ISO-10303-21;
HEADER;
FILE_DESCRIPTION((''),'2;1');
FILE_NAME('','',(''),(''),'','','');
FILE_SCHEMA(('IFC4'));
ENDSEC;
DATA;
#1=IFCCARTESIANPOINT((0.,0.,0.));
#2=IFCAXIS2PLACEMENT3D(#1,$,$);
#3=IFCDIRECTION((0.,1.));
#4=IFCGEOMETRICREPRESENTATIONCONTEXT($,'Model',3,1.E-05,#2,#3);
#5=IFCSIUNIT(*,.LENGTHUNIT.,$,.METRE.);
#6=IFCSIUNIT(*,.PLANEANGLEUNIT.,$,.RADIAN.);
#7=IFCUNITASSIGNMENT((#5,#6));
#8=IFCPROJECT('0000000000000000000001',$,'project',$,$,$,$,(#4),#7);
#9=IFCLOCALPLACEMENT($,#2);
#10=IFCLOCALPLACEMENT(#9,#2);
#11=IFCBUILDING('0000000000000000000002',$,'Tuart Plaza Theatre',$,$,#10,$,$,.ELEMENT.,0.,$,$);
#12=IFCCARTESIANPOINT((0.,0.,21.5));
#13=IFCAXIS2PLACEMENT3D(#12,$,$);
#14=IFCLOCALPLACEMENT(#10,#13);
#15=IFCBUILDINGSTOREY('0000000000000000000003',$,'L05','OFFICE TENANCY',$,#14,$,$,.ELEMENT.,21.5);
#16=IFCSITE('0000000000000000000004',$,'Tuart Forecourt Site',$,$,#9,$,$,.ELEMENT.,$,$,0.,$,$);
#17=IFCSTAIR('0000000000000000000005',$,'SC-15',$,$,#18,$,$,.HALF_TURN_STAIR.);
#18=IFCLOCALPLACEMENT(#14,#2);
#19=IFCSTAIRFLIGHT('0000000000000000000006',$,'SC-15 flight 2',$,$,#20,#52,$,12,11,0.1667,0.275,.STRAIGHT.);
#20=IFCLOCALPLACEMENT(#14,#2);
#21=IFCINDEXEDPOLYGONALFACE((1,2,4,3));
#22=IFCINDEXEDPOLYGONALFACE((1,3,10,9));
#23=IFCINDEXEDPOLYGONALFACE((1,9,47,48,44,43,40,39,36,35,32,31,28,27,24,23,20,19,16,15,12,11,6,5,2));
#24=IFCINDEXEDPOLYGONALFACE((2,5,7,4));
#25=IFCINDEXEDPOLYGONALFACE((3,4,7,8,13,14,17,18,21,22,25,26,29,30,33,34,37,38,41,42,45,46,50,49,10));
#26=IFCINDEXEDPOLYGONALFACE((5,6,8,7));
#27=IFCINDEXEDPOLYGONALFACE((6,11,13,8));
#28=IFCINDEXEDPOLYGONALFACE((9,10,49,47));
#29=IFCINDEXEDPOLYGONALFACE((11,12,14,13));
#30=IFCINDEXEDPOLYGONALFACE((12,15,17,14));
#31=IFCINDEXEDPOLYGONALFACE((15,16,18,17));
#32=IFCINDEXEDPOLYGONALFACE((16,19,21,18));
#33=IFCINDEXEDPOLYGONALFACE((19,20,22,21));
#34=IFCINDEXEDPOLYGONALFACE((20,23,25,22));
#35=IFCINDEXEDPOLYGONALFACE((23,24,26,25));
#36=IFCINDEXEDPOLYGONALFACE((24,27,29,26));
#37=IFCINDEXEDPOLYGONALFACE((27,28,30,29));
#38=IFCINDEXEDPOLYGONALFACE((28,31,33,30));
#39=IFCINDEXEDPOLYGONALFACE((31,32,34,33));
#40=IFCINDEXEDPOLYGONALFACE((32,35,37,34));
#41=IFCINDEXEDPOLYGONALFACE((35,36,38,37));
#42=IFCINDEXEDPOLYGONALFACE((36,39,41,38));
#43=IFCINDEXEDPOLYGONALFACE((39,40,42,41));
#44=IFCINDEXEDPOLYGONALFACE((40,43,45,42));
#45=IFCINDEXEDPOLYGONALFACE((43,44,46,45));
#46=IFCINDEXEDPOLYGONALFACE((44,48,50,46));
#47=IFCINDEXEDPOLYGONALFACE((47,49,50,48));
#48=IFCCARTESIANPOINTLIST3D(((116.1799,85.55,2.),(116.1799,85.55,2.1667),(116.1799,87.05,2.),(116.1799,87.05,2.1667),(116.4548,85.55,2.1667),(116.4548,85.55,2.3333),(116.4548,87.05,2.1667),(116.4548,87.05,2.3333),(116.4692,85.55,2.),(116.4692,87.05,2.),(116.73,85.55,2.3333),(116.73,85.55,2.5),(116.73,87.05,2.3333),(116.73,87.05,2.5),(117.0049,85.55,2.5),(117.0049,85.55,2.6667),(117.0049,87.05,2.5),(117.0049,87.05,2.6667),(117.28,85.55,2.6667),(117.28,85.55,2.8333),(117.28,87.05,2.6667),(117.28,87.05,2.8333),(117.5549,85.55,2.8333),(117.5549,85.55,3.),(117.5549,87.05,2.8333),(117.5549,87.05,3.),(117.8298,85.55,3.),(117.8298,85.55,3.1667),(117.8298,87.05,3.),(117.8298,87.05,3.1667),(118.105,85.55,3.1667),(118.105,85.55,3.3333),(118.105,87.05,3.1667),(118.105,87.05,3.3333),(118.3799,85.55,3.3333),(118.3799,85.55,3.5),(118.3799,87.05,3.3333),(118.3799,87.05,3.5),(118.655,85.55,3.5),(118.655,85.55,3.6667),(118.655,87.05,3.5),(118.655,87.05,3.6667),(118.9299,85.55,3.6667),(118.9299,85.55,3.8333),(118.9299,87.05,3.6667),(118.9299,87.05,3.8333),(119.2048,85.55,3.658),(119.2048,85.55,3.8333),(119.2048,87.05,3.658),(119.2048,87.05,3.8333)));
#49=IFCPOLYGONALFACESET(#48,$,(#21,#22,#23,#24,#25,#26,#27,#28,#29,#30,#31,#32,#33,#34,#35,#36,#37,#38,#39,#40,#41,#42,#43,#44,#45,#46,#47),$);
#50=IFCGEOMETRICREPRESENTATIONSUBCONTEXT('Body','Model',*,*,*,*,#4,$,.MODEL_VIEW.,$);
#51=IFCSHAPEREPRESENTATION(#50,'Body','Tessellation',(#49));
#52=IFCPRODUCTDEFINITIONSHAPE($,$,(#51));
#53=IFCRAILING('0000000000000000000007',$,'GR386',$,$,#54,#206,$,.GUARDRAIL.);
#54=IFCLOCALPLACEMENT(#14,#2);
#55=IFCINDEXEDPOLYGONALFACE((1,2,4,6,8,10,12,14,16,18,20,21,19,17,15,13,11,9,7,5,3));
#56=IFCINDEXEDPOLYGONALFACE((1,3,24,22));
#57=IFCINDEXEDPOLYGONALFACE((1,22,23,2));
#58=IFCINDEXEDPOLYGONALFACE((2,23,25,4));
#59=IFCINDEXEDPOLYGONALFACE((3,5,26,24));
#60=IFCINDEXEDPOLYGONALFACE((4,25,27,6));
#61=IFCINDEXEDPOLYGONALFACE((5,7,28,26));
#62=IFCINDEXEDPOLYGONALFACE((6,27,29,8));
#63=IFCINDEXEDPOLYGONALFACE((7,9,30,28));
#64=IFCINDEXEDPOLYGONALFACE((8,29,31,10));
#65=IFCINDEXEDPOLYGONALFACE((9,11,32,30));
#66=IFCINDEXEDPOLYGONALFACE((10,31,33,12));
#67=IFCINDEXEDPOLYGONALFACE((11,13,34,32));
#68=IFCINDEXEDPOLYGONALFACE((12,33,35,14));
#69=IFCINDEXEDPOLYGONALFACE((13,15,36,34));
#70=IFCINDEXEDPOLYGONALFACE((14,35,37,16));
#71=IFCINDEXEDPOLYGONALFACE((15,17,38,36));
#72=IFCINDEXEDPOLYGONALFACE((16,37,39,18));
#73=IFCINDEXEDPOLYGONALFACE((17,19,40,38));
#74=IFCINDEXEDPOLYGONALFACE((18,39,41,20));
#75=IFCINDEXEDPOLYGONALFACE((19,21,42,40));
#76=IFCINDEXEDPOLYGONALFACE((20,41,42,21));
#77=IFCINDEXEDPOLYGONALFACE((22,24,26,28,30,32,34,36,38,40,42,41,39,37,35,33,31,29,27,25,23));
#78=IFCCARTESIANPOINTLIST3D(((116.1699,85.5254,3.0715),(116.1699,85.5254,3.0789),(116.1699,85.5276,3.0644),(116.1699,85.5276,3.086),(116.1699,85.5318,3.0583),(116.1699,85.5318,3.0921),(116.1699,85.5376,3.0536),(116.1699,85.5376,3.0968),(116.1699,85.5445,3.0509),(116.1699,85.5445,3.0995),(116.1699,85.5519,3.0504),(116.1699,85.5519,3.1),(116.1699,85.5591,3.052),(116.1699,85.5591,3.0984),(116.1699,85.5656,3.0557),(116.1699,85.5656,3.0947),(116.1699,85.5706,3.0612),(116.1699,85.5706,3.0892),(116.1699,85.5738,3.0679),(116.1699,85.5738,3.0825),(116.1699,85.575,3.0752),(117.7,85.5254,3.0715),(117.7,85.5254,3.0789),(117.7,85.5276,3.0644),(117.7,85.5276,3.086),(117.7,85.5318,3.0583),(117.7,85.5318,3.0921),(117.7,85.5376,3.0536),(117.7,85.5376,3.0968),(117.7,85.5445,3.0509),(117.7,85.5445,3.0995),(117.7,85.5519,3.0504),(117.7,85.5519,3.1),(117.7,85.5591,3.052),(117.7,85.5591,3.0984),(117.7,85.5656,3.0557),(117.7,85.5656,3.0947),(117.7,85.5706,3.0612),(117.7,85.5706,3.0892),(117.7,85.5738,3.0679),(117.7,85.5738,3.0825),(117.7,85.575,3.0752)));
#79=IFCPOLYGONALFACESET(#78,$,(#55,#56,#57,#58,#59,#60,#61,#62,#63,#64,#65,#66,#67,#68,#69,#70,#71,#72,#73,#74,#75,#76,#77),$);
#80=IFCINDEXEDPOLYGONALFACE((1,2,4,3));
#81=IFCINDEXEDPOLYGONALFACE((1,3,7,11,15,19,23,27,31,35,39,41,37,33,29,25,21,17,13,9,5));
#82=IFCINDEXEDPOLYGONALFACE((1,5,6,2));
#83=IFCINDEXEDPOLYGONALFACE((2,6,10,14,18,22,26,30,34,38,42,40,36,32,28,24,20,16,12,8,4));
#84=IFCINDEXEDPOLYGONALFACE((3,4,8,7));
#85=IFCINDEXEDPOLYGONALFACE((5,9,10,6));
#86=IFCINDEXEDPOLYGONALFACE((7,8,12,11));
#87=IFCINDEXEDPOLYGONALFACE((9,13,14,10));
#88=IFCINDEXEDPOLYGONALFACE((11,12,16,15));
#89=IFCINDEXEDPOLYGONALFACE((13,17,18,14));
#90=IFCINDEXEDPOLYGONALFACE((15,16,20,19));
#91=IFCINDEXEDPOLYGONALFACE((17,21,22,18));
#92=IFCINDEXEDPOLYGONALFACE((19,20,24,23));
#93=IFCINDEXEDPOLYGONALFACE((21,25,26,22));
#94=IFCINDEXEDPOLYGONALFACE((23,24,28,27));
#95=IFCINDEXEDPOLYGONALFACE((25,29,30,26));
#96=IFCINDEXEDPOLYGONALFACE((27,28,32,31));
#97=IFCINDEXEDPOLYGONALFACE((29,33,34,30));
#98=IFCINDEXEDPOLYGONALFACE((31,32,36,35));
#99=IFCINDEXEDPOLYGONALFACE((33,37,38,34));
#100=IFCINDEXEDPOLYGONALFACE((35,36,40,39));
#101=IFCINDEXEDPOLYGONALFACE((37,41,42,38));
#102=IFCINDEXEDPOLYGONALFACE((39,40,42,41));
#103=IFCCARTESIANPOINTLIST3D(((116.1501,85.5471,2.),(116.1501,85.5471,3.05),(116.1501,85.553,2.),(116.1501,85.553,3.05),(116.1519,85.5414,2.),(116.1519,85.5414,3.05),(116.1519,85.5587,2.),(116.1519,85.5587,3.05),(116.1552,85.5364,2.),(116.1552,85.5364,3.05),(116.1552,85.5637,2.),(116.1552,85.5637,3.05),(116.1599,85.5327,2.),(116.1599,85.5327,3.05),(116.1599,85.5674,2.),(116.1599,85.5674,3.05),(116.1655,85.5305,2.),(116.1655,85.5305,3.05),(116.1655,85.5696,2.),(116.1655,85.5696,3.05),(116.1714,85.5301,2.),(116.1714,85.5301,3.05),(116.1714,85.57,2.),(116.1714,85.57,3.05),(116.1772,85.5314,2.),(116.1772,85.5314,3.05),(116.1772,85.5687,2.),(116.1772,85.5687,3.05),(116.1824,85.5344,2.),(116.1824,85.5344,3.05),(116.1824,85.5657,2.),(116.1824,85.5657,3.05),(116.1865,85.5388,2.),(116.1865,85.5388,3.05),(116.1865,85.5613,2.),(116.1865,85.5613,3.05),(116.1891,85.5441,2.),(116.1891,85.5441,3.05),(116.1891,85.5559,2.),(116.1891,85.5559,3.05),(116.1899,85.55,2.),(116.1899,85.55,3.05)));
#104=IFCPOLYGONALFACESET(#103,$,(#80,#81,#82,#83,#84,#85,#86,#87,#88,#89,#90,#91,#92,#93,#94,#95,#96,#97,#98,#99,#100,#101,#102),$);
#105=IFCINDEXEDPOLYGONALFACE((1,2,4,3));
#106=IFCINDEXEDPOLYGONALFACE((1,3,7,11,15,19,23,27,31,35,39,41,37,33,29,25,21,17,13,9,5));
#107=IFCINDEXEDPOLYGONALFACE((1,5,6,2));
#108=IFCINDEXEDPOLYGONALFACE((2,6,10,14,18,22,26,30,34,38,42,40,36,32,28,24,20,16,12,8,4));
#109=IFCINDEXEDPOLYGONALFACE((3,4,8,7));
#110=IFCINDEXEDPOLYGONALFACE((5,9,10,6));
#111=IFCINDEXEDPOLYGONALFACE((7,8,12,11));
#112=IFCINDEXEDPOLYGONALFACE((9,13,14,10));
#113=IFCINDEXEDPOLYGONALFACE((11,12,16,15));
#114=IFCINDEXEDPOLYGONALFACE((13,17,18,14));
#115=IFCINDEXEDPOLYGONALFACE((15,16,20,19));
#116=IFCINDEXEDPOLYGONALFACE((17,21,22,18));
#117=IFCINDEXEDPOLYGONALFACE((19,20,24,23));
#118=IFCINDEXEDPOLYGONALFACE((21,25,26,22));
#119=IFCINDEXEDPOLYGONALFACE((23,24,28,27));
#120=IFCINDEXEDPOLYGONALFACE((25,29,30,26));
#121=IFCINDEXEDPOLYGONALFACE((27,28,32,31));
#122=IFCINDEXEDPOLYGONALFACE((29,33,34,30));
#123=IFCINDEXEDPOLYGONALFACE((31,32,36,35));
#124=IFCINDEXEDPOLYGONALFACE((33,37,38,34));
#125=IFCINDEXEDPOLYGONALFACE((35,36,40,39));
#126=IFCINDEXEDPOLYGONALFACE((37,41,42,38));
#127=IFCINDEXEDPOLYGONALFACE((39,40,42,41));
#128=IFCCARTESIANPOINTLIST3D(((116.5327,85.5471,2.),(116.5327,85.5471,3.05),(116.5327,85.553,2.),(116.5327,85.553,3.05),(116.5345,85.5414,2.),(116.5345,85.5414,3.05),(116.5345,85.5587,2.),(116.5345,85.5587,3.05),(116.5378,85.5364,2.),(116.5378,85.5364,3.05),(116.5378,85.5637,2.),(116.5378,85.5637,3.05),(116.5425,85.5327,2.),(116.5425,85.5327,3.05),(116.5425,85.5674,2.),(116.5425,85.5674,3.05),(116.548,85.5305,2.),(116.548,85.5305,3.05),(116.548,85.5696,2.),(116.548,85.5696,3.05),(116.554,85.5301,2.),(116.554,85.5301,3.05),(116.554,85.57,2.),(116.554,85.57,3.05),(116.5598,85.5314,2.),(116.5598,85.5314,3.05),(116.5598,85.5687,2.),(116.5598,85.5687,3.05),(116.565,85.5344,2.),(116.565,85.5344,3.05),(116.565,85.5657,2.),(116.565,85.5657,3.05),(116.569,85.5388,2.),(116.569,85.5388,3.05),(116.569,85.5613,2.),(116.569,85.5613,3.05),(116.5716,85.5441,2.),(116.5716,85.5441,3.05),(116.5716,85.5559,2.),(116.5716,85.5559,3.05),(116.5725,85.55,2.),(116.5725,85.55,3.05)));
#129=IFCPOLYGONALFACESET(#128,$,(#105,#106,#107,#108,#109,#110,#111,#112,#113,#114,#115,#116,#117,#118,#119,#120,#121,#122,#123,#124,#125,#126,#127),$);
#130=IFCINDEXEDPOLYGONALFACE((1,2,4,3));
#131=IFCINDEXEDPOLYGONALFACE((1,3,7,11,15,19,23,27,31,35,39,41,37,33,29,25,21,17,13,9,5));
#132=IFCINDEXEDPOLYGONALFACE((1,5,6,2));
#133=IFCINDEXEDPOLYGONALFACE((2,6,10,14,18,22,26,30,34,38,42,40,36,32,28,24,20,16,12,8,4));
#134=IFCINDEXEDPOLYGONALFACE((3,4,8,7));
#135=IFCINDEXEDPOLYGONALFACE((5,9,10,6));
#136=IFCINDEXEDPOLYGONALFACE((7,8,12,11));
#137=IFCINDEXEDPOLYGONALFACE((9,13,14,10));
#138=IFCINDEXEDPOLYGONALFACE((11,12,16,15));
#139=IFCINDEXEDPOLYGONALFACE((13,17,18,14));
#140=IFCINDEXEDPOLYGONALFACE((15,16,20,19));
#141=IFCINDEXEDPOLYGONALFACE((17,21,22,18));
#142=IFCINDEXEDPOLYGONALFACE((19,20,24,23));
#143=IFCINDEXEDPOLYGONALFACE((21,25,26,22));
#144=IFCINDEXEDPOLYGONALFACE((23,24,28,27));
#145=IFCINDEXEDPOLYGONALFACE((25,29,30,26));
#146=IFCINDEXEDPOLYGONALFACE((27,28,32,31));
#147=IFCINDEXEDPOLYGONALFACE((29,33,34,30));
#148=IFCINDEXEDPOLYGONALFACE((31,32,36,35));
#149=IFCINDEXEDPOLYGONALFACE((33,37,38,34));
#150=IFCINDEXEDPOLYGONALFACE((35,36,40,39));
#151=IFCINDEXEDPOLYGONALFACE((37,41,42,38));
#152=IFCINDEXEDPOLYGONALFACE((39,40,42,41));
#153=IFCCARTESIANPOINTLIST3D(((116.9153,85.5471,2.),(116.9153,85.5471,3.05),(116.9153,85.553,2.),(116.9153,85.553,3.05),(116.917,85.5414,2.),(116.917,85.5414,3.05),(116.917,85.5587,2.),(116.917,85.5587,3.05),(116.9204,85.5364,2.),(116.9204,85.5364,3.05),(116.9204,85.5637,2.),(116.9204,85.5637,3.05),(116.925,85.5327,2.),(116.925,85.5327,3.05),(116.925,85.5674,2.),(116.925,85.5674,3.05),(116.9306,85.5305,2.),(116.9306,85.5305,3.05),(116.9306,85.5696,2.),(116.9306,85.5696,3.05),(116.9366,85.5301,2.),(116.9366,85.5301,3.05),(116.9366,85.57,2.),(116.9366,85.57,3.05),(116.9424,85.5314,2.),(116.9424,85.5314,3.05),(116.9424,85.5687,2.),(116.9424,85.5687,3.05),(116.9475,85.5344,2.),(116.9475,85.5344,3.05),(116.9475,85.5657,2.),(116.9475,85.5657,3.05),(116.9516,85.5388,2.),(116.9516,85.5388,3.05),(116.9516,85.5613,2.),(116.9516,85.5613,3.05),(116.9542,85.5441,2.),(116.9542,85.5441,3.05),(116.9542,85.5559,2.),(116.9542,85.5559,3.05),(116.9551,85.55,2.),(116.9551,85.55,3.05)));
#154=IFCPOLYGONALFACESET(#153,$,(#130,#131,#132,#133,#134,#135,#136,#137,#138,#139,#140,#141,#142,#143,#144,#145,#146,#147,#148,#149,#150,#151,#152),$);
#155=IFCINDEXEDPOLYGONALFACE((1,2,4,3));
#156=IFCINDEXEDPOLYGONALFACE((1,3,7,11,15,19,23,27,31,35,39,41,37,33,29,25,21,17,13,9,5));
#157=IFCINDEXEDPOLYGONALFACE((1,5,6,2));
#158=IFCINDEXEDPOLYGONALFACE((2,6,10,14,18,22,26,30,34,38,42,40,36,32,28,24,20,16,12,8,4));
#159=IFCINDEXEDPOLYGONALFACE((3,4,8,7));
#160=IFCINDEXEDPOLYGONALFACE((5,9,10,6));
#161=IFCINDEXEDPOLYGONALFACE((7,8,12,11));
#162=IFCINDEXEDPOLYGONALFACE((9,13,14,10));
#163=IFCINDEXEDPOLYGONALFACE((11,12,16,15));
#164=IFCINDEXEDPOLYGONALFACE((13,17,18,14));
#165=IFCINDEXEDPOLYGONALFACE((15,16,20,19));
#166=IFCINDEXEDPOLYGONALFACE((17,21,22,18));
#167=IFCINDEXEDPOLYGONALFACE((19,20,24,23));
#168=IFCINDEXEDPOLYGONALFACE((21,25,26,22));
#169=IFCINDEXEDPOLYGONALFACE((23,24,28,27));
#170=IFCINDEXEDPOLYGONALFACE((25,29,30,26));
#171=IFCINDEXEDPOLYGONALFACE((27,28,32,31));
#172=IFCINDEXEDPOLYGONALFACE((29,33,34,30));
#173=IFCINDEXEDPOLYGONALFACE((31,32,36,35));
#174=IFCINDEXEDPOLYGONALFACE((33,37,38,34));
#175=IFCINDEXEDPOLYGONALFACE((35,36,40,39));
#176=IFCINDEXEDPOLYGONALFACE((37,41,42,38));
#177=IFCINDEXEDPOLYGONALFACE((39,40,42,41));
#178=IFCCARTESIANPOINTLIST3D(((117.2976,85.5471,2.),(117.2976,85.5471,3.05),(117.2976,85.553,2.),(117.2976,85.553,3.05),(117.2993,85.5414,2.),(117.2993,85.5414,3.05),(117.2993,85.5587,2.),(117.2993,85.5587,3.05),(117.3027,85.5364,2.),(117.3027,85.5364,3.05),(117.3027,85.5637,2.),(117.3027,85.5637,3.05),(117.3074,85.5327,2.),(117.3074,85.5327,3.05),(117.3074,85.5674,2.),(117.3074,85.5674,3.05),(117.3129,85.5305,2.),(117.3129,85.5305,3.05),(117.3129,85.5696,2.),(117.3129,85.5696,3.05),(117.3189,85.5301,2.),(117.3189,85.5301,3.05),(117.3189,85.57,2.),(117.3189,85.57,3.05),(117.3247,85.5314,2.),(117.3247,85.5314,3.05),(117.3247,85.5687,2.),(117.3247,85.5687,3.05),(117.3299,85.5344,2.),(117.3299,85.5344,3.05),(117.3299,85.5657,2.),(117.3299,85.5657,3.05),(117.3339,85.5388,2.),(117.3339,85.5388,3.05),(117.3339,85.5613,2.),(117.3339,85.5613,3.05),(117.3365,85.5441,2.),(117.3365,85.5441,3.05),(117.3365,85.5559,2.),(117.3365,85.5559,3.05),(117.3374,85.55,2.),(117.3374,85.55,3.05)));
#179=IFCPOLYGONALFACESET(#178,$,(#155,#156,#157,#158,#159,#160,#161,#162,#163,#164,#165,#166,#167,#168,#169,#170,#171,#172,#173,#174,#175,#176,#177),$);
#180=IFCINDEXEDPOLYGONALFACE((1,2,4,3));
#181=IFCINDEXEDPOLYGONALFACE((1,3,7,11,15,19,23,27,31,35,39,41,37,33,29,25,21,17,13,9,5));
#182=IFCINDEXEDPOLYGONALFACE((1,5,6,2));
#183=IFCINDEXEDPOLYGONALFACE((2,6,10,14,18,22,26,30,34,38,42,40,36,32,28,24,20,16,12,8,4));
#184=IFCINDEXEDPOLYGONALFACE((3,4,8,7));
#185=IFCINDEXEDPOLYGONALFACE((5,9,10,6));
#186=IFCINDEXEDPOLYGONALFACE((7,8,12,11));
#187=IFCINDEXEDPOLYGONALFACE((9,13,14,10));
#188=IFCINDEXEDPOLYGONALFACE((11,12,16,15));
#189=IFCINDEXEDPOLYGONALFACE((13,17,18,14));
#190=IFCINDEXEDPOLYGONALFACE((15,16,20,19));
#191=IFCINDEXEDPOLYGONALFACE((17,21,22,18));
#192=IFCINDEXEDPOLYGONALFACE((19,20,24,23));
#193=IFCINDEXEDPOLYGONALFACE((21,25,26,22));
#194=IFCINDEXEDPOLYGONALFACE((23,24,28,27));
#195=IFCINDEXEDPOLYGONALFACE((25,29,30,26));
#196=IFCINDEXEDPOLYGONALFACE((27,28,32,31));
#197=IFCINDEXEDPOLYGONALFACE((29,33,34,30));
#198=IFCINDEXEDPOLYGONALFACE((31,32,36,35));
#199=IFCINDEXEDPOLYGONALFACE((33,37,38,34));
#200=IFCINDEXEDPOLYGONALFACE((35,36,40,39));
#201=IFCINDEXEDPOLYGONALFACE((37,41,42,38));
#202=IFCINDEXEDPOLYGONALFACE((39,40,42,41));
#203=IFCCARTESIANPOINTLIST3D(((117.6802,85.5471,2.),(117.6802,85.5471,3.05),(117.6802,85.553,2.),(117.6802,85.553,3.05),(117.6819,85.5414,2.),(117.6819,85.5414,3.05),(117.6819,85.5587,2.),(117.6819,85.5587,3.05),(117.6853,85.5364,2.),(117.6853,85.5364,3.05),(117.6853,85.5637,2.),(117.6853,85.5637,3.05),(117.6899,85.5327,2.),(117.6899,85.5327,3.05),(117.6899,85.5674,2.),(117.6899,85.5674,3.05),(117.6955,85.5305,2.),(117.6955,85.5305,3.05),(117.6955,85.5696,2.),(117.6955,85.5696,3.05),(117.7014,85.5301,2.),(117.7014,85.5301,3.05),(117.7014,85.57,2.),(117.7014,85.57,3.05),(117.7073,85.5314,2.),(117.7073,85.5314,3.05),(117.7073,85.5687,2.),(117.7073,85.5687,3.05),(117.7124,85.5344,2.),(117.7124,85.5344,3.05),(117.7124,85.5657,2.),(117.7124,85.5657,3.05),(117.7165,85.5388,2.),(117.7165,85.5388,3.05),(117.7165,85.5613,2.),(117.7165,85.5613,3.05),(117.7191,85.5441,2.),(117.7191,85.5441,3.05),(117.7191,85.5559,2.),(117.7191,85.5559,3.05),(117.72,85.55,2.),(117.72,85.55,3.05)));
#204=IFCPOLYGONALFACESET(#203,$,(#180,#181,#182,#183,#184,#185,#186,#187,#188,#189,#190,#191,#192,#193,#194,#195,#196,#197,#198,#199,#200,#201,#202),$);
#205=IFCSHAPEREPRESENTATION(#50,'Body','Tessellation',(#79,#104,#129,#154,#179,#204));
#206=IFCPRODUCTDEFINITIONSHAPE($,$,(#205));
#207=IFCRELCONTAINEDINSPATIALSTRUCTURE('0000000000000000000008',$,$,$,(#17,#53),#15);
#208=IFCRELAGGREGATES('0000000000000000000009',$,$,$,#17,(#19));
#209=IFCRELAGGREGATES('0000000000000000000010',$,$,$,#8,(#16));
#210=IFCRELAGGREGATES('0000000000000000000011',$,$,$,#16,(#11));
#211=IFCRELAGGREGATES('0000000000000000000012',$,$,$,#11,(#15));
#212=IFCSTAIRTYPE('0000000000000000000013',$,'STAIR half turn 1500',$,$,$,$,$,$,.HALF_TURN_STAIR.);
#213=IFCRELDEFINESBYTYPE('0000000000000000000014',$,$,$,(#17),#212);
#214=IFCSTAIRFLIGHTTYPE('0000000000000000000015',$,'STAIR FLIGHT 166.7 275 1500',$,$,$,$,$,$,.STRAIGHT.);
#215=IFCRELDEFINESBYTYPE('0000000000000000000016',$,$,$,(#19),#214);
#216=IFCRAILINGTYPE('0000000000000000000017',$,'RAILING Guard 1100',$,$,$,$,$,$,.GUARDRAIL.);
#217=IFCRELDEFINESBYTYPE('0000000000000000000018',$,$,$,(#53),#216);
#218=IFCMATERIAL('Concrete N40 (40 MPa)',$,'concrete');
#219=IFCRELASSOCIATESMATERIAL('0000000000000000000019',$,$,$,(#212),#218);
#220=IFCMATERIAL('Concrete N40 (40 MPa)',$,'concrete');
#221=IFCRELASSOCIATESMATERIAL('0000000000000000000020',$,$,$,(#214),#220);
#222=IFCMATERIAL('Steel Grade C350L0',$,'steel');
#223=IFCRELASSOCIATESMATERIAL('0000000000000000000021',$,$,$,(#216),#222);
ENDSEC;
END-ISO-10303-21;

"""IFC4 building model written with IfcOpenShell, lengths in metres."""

from ifc_helpers import new_model, si_unit, direction, frame, origin, origin_2d, place, context, subcontext, project, spatial, polyline, circle, outline, extrude, material, type_object, element, aggregate, save


model = new_model("IFC4")

# Units and contexts
model_context = context("Model", 3, precision=1e-05, world=origin(), true_north=direction((0.0, 1.0)))
body_context = subcontext(model_context, "Body", "Model", "MODEL_VIEW")
ifc_project = project(units=[si_unit("LENGTHUNIT", "METRE"), si_unit("PLANEANGLEUNIT", "RADIAN")], contexts=[model_context])

# Site, building, storey
site_placement = place(None, origin())
site = spatial("IfcSite", under=ifc_project, at=site_placement, Name="Tuart Forecourt Site", CompositionType="ELEMENT", RefElevation=0.0)
building_placement = place(site_placement, origin())
building = spatial("IfcBuilding", under=site, at=building_placement, Name="Tuart Plaza Theatre", CompositionType="ELEMENT", ElevationOfRefHeight=0.0)
storey_placement = place(building_placement, frame((0.0, 0.0, 21.5)))
storey = spatial("IfcBuildingStorey", under=building, at=storey_placement, Name="L05", Description="OFFICE TENANCY", CompositionType="ELEMENT", Elevation=21.5)

# Stair, stair flight
ifc_material_1 = material(Name="Concrete N40 (40 MPa)", Category="concrete")
stair_type = type_object("IfcStairType", Name="STAIR half turn 1500", PredefinedType="HALF_TURN_STAIR", material=ifc_material_1)
stair_placement = place(storey_placement, origin())
stair = element("IfcStair", 1, at=stair_placement, inside=storey, type_object=stair_type, Name="SC-15", PredefinedType="HALF_TURN_STAIR")
ifc_material_2 = material(Name="Concrete N40 (40 MPa)", Category="concrete")
stair_flight_type = type_object("IfcStairFlightType", Name="STAIR FLIGHT 166.7 275 1500", PredefinedType="STRAIGHT", material=ifc_material_2)
stair_flight_1_placement = place(storey_placement, frame((116.1799, 86.3, 2.0), z_axis=(0.0, 0.0, 1.0), x_axis=(1.0, 0.0, 0.0)))
stair_flight_1 = element("IfcStairFlight", 2, at=stair_flight_1_placement, type_object=stair_flight_type, Name="SC-15 flight 2", NumberOfRisers=12, NumberOfTreads=11, PredefinedType="STRAIGHT", RiserHeight=0.1667, TreadLength=0.275, context=body_context, shape_type="SweptSolid", body=[
    extrude(outline(polyline([(0.0, 0.0), (0.0, 0.1667), (0.2749, 0.1667), (0.2749, 0.3333), (0.55, 0.3333), (0.55, 0.5), (0.825, 0.5), (0.825, 0.6667), (1.1001, 0.6667), (1.1001, 0.8333), (1.375, 0.8333), (1.375, 1.0), (1.6499, 1.0), (1.6499, 1.1667), (1.925, 1.1667), (1.925, 1.3333), (2.2, 1.3333), (2.2, 1.5), (2.4751, 1.5), (2.4751, 1.6667), (2.75, 1.6667), (2.75, 1.8333), (3.0249, 1.8333), (3.0249, 2.0), (3.0249, 1.658), (0.2893, 0.0), (0.0, 0.0)])), frame((0.0, 0.75, 0.0), z_axis=(0.0, -1.0, 0.0), x_axis=(1.0, 0.0, 0.0)), (0.0, 0.0, 1.0), 1.5),
])
aggregate(stair, [stair_flight_1])

# Railing
ifc_material_3 = material(Name="Steel Grade C350L0", Category="steel")
railing_type_1 = type_object("IfcRailingType", Name="RAILING Guard 1100", PredefinedType="GUARDRAIL", material=ifc_material_3)
railing_1_placement = place(storey_placement, frame((116.1699, 85.55, 2.0)))
element("IfcRailing", 3, at=railing_1_placement, inside=storey, type_object=railing_type_1, Name="GR386", PredefinedType="GUARDRAIL", context=body_context, shape_type="SweptSolid", body=[
    extrude(circle(Radius=0.0249, at=origin_2d()), frame((0.0, 0.0, 1.0752), z_axis=(1.0, 0.0, 0.0), x_axis=(0.0, 1.0, 0.0)), (0.0, 0.0, 1.0), 1.53),
    extrude(circle(Radius=0.02, at=origin_2d()), origin(), (0.0, 0.0, 1.0), 1.05),
    extrude(circle(Radius=0.02, at=origin_2d()), frame((0.3826, 0.0, 0.0)), (0.0, 0.0, 1.0), 1.05),
    extrude(circle(Radius=0.02, at=origin_2d()), frame((0.7651, 0.0, 0.0)), (0.0, 0.0, 1.0), 1.05),
    extrude(circle(Radius=0.02, at=origin_2d()), frame((1.1475, 0.0, 0.0)), (0.0, 0.0, 1.0), 1.05),
    extrude(circle(Radius=0.02, at=origin_2d()), frame((1.53, 0.0, 0.0)), (0.0, 0.0, 1.0), 1.05),
])

save(model, "model.ifc")
